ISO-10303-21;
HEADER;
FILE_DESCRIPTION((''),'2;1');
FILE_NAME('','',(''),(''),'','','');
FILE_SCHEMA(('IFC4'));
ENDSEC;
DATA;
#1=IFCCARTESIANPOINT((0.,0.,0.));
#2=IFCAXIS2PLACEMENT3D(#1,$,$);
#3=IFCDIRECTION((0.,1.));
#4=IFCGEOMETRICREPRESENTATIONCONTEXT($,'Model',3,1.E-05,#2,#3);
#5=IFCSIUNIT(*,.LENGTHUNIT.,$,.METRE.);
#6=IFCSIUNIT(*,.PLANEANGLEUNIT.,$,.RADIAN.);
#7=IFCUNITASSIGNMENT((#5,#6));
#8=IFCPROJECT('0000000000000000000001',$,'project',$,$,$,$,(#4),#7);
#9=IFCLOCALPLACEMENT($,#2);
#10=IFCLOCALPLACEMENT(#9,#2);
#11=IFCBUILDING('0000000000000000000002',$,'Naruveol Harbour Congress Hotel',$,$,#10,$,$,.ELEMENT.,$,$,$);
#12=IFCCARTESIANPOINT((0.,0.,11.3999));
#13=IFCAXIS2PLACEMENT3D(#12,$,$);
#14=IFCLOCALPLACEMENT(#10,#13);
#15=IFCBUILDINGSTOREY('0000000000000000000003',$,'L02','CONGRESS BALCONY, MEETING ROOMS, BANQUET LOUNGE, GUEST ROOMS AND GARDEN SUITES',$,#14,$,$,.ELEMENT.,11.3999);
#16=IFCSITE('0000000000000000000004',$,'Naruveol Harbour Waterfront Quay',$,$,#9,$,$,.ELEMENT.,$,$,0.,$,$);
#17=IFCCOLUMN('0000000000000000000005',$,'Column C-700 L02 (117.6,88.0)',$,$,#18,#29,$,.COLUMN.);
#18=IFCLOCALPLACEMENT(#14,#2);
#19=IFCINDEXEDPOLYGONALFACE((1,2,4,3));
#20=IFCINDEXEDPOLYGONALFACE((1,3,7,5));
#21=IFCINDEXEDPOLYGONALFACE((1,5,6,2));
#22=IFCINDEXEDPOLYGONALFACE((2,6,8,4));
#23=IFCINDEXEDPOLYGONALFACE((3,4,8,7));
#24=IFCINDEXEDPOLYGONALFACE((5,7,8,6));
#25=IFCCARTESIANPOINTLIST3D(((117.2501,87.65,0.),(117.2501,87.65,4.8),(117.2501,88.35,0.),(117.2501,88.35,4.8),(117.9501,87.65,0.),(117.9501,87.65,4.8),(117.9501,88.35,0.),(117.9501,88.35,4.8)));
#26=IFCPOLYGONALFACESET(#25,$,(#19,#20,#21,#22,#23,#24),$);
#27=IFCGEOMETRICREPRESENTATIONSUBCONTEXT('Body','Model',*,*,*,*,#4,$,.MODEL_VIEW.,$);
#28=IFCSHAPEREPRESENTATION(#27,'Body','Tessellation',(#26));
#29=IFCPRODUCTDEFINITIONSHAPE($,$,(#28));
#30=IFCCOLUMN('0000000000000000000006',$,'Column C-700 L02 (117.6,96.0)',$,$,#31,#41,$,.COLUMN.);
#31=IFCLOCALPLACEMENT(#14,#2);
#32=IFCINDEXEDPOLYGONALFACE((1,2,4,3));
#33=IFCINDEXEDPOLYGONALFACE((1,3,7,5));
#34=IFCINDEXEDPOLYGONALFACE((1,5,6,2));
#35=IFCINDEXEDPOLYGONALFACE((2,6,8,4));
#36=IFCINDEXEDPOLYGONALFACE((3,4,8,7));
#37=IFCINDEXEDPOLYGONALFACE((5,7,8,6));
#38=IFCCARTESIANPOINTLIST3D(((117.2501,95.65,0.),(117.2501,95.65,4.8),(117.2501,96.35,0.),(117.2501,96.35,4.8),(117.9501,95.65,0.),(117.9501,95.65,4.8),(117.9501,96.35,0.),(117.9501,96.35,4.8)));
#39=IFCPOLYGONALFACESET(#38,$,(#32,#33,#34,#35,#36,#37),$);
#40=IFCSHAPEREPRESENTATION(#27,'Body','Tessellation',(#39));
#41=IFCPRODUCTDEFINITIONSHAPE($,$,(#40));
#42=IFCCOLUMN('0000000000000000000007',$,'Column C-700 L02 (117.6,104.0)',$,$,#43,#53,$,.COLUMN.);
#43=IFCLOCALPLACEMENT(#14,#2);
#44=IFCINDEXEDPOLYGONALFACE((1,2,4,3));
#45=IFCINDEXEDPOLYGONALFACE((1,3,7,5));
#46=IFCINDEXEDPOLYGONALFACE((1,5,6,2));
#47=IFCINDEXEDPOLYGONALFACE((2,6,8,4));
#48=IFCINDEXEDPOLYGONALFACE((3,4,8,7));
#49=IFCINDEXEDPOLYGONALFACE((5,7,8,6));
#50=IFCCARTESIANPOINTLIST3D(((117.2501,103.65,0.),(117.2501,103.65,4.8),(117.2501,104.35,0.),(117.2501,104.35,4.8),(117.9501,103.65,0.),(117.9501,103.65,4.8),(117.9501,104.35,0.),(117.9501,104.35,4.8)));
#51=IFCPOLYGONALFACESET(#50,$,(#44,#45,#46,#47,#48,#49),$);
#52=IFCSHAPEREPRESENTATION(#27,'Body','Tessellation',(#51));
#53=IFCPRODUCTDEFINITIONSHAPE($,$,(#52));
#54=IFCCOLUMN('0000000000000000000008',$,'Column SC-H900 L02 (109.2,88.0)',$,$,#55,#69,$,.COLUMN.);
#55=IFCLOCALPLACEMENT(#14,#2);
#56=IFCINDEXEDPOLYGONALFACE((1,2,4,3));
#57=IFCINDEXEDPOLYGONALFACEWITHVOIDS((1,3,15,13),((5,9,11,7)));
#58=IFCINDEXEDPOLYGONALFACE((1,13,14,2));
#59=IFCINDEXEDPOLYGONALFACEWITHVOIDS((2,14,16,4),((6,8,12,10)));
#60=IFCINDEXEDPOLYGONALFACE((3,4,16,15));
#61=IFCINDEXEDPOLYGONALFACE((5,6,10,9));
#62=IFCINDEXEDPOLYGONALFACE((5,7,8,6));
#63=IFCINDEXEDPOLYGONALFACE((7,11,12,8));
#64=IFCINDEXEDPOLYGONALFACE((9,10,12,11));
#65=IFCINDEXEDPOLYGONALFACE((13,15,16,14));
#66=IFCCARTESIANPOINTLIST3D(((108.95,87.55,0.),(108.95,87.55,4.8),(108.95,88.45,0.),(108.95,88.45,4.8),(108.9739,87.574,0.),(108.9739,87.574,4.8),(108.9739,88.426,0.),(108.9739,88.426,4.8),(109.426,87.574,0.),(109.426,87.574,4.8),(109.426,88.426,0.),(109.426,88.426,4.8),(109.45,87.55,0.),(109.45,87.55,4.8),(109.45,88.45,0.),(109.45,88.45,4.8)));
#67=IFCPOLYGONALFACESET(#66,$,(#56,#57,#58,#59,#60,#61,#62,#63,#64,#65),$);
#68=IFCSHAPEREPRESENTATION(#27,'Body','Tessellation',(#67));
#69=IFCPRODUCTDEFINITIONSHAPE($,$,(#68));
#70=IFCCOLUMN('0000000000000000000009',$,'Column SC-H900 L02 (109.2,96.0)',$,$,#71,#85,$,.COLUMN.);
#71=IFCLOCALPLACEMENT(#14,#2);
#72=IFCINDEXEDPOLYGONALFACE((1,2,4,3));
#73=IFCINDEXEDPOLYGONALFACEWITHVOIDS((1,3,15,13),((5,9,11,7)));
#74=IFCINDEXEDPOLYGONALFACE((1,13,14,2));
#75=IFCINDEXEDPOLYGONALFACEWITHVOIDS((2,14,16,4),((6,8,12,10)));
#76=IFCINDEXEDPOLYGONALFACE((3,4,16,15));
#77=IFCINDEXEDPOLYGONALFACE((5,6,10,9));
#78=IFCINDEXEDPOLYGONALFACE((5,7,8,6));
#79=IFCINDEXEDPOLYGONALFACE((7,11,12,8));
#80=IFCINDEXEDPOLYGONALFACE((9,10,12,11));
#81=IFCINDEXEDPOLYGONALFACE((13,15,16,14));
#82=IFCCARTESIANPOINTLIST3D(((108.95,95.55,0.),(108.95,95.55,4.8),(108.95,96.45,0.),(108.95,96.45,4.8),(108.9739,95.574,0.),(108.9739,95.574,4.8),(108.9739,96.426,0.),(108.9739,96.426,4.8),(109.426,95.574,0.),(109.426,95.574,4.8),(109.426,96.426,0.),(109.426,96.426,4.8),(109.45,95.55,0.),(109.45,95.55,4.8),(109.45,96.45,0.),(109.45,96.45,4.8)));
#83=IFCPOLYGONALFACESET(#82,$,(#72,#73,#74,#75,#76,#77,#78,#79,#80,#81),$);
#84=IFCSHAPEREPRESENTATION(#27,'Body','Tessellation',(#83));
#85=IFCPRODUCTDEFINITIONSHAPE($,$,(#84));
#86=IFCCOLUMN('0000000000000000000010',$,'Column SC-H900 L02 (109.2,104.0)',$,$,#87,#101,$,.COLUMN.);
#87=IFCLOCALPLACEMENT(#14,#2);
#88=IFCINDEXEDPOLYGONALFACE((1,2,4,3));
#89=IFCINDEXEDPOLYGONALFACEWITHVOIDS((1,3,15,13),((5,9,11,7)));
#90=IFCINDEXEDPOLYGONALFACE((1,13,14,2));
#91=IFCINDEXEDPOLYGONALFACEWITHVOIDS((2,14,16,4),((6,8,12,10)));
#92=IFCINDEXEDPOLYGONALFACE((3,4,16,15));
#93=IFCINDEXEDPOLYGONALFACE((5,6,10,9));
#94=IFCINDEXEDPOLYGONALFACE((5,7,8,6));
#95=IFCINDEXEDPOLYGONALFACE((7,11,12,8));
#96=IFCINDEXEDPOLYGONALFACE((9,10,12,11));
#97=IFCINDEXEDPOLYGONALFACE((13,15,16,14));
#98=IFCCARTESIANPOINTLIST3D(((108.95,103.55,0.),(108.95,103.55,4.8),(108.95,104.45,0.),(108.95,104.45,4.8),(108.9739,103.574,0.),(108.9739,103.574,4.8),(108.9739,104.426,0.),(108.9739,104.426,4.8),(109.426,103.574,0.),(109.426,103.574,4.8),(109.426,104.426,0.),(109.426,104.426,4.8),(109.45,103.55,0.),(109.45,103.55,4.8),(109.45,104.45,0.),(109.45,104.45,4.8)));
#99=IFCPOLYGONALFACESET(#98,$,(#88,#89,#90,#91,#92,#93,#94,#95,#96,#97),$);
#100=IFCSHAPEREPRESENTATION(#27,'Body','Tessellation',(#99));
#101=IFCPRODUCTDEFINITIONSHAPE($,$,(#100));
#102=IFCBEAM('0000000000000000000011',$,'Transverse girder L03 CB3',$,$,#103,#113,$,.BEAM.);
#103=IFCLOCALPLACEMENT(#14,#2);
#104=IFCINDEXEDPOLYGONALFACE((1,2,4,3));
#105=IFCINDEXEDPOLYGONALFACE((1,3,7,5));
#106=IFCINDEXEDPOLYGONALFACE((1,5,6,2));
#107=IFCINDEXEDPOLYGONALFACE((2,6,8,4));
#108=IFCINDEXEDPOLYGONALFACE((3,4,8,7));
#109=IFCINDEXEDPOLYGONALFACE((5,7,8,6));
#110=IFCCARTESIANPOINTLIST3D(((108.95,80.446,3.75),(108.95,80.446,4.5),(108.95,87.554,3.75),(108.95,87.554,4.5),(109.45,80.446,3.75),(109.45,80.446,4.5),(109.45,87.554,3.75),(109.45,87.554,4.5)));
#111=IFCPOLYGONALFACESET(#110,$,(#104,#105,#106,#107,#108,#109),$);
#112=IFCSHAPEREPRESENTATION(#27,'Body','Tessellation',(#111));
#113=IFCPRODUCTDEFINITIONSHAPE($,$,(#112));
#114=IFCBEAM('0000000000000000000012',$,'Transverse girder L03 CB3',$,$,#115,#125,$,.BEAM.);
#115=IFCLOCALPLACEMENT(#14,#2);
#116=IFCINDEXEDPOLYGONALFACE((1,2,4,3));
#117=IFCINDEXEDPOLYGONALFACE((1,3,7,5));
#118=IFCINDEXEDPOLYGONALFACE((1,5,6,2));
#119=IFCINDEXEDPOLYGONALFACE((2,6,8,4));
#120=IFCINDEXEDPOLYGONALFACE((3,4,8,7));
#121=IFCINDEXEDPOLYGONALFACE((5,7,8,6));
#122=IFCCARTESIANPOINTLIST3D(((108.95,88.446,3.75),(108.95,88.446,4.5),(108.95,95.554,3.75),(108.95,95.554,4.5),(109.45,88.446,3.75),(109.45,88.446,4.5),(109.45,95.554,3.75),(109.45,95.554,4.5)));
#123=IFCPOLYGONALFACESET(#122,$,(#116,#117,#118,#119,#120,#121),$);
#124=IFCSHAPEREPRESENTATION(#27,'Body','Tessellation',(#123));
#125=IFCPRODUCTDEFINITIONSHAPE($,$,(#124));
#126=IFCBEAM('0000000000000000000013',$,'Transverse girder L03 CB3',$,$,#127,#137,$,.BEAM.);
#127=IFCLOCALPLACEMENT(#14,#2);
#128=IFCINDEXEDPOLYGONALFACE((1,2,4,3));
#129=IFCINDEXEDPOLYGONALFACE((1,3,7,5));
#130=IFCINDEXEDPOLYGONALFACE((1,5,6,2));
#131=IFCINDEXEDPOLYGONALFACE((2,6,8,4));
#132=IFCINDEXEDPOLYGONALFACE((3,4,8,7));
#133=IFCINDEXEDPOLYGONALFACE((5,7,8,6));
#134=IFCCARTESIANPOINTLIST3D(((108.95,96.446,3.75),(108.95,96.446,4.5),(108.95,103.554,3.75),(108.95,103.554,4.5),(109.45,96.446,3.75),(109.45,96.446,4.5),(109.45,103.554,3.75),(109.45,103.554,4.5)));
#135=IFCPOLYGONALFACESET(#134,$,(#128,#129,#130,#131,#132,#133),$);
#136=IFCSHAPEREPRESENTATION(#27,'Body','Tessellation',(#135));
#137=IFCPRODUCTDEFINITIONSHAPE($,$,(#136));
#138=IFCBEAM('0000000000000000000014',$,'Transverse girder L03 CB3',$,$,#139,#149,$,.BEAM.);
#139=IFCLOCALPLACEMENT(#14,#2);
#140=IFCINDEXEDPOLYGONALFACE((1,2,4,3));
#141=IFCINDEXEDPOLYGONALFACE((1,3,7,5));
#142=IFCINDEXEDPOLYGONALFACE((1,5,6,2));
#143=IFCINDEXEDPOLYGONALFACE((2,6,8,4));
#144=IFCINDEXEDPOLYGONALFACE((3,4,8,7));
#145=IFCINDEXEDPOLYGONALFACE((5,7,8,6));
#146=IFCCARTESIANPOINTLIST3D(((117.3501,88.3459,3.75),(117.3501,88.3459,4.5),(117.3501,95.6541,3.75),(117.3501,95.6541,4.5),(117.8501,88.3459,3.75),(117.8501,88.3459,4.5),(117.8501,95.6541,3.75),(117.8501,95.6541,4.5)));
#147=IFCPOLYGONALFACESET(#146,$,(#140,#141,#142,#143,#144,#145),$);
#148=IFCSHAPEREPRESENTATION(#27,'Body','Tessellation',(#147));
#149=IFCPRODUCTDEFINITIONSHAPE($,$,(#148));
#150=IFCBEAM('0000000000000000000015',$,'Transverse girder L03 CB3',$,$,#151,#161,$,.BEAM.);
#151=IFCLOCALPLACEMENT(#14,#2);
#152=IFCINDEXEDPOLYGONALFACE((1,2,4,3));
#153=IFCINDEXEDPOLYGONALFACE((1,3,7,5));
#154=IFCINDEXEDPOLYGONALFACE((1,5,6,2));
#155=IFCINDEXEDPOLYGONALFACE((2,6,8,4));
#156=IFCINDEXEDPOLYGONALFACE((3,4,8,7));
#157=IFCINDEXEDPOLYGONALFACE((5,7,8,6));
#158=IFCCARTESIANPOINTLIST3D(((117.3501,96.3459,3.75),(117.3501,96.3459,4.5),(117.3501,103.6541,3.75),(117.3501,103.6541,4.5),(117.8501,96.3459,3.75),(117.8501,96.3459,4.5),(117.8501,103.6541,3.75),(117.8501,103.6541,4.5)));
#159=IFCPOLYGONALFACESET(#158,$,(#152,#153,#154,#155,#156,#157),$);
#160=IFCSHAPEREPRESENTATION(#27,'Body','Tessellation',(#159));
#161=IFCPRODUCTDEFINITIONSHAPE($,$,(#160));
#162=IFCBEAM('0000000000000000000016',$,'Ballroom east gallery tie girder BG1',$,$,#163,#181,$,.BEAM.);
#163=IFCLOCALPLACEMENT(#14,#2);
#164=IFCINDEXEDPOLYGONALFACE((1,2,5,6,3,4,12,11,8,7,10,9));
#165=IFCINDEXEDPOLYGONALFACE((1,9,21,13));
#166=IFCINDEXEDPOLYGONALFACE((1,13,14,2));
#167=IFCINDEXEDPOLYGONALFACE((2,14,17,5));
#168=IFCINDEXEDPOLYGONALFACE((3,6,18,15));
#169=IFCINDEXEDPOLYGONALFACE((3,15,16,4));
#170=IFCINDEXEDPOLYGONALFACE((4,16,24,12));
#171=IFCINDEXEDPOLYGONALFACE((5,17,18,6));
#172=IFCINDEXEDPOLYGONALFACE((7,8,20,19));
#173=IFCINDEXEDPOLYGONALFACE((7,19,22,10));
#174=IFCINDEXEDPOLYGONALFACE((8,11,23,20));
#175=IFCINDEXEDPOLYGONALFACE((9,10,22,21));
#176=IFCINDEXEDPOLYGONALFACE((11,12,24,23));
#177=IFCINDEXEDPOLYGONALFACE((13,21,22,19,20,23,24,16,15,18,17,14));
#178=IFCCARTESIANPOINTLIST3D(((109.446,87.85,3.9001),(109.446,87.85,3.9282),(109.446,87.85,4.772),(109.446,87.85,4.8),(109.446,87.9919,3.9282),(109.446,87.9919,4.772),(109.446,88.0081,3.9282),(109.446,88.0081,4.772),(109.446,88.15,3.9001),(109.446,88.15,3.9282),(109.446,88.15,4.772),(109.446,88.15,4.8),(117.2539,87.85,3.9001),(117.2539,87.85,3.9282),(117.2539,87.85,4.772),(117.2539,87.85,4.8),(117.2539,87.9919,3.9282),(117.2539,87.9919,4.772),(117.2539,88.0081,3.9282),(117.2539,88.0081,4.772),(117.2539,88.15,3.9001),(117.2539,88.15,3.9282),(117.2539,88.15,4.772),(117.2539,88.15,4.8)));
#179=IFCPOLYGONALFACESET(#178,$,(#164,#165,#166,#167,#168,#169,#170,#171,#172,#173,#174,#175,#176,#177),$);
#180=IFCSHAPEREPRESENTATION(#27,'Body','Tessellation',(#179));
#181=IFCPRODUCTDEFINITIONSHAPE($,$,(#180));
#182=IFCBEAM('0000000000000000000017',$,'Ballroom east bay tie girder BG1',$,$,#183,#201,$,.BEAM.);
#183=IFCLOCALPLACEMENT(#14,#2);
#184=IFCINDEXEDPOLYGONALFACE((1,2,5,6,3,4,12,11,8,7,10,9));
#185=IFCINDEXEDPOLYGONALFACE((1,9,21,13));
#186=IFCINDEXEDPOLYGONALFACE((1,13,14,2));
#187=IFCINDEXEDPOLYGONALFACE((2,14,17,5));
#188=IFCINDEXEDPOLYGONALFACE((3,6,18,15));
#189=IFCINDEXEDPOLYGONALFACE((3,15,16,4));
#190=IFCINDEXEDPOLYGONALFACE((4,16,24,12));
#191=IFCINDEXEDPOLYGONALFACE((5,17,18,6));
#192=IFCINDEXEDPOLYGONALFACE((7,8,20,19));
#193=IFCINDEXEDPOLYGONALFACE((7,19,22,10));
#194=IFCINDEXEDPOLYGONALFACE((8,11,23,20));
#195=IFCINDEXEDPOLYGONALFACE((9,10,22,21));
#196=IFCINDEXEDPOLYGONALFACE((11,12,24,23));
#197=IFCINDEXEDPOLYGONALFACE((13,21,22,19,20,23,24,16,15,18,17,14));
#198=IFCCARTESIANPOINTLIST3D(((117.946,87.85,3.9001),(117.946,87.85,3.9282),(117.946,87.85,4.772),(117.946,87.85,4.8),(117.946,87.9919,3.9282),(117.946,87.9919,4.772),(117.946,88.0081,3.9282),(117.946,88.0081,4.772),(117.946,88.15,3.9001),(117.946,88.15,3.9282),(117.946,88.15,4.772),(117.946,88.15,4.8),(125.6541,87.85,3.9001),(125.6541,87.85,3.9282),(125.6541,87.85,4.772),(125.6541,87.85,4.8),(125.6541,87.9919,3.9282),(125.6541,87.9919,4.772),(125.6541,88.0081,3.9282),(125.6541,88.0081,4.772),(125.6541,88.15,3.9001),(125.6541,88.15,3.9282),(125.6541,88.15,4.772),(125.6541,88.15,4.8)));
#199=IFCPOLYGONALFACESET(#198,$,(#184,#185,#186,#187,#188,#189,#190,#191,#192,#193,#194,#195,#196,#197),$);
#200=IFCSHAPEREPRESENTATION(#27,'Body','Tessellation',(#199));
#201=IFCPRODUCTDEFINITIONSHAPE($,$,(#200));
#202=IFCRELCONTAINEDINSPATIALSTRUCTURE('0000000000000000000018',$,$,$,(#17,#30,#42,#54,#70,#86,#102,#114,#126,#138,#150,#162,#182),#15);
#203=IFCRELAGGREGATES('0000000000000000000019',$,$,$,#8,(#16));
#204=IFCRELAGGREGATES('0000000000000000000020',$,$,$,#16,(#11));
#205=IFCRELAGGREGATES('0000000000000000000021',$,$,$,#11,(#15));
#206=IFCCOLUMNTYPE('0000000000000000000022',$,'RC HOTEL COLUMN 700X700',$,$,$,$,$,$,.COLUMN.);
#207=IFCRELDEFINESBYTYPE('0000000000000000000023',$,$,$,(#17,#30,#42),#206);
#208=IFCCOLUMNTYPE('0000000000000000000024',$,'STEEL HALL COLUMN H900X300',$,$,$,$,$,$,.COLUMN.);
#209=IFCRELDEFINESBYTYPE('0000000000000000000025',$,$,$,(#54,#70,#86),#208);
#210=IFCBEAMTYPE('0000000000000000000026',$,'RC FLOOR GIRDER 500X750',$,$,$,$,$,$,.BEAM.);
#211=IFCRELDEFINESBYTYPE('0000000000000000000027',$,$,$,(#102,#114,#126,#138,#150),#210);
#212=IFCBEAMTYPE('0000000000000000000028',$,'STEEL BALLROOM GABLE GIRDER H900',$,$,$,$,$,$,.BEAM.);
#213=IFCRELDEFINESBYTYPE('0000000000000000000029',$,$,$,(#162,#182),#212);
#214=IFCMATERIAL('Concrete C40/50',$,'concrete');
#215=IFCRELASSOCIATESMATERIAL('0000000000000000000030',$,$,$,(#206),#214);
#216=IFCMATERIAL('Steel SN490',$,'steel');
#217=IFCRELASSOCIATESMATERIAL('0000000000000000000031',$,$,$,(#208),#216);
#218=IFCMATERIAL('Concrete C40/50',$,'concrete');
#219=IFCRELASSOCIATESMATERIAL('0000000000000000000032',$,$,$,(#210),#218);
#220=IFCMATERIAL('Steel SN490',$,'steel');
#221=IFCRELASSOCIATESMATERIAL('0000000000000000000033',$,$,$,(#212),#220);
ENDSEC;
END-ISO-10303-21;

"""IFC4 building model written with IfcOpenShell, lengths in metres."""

from ifc_helpers import new_model, si_unit, direction, frame, origin, origin_2d, place, context, subcontext, project, spatial, rectangle, hollow_rectangle, i_section, extrude, material, material_profile, profile_set, type_object, element, save


model = new_model("IFC4")

# Units and contexts
model_context = context("Model", 3, precision=1e-05, world=origin(), true_north=direction((0.0, 1.0)))
body_context = subcontext(model_context, "Body", "Model", "MODEL_VIEW")
ifc_project = project(units=[si_unit("LENGTHUNIT", "METRE"), si_unit("PLANEANGLEUNIT", "RADIAN")], contexts=[model_context])

# Site, building, storey
site_placement = place(None, origin())
site = spatial("IfcSite", under=ifc_project, at=site_placement, Name="Naruveol Harbour Waterfront Quay", CompositionType="ELEMENT", RefElevation=0.0)
building_placement = place(site_placement, origin())
building = spatial("IfcBuilding", under=site, at=building_placement, Name="Naruveol Harbour Congress Hotel", CompositionType="ELEMENT")
storey_placement = place(building_placement, frame((0.0, 0.0, 11.3999)))
storey = spatial("IfcBuildingStorey", under=building, at=storey_placement, Name="L02", Description="CONGRESS BALCONY, MEETING ROOMS, BANQUET LOUNGE, GUEST ROOMS AND GARDEN SUITES", CompositionType="ELEMENT", Elevation=11.3999)

# Columns
ifc_material_1 = material(Name="Concrete C40/50", Category="concrete")
ifc_material_profile_1 = material_profile(ifc_material_1, rectangle(XDim=0.7, YDim=0.7, at=origin_2d()), Name="RC-700x700")
ifc_profile_set_1 = profile_set([ifc_material_profile_1], Name="Concrete C40/50")
column_type_1 = type_object("IfcColumnType", Name="RC HOTEL COLUMN 700X700", PredefinedType="COLUMN", material=ifc_profile_set_1)
for number, where, z_axis, x_axis, name in (
    (1, (117.6001, 88.0, 0.0), (0.0, 0.0, 1.0), (1.0, 0.0, 0.0), "Column C-700 L02 (117.6,88.0)"),
    (2, (117.6001, 96.0, 0.0), (0.0, 0.0, 1.0), (1.0, 0.0, 0.0), "Column C-700 L02 (117.6,96.0)"),
    (3, (117.6001, 104.0, 0.0), (0.0, 0.0, 1.0), (1.0, 0.0, 0.0), "Column C-700 L02 (117.6,104.0)"),
):
    element("IfcColumn", number, at=place(storey_placement, frame(where, z_axis=z_axis, x_axis=x_axis)), inside=storey, type_object=column_type_1, Name=name, PredefinedType="COLUMN", context=body_context, shape_type="SweptSolid", body=[
        extrude(rectangle(XDim=0.7, YDim=0.7, at=origin_2d()), origin(), (0.0, 0.0, 1.0), 4.8),
    ])
ifc_material_2 = material(Name="Steel SN490", Category="steel")
ifc_material_profile_2 = material_profile(ifc_material_2, hollow_rectangle(XDim=0.5, YDim=0.8999, WallThickness=0.0239, at=origin_2d()), Name="RHS-900x500x24")
ifc_profile_set_2 = profile_set([ifc_material_profile_2], Name="Steel SN490")
column_type_2 = type_object("IfcColumnType", Name="STEEL HALL COLUMN H900X300", PredefinedType="COLUMN", material=ifc_profile_set_2)
for number, where, z_axis, x_axis, name in (
    (4, (109.2, 88.0, 0.0), (0.0, 0.0, 1.0), (1.0, 0.0, 0.0), "Column SC-H900 L02 (109.2,88.0)"),
    (5, (109.2, 96.0, 0.0), (0.0, 0.0, 1.0), (1.0, 0.0, 0.0), "Column SC-H900 L02 (109.2,96.0)"),
    (6, (109.2, 104.0, 0.0), (0.0, 0.0, 1.0), (1.0, 0.0, 0.0), "Column SC-H900 L02 (109.2,104.0)"),
):
    element("IfcColumn", number, at=place(storey_placement, frame(where, z_axis=z_axis, x_axis=x_axis)), inside=storey, type_object=column_type_2, Name=name, PredefinedType="COLUMN", context=body_context, shape_type="SweptSolid", body=[
        extrude(hollow_rectangle(XDim=0.5, YDim=0.8999, WallThickness=0.0239, at=origin_2d()), origin(), (0.0, 0.0, 1.0), 4.8),
    ])

# Beams
ifc_material_3 = material(Name="Concrete C40/50", Category="concrete")
ifc_material_profile_3 = material_profile(ifc_material_3, rectangle(XDim=0.5, YDim=0.75, at=origin_2d()), Name="RCB-500x750")
ifc_profile_set_3 = profile_set([ifc_material_profile_3], Name="Concrete C40/50")
beam_type_1 = type_object("IfcBeamType", Name="RC FLOOR GIRDER 500X750", PredefinedType="BEAM", material=ifc_profile_set_3)
for number, where, z_axis, x_axis, name in (
    (7, (109.2, 80.446, 4.125), (0.0, 1.0, 0.0), (-1.0, 0.0, 0.0), "Transverse girder L03 CB3"),
    (8, (109.2, 88.446, 4.125), (0.0, 1.0, 0.0), (-1.0, 0.0, 0.0), "Transverse girder L03 CB3"),
    (9, (109.2, 96.446, 4.125), (0.0, 1.0, 0.0), (-1.0, 0.0, 0.0), "Transverse girder L03 CB3"),
):
    element("IfcBeam", number, at=place(storey_placement, frame(where, z_axis=z_axis, x_axis=x_axis)), inside=storey, type_object=beam_type_1, Name=name, PredefinedType="BEAM", context=body_context, shape_type="SweptSolid", body=[
        extrude(rectangle(XDim=0.5, YDim=0.75, at=origin_2d()), origin(), (0.0, 0.0, 1.0), 7.1079),
    ])
for number, where, z_axis, x_axis, name in (
    (10, (117.6001, 88.3459, 4.125), (0.0, 1.0, 0.0), (-1.0, 0.0, 0.0), "Transverse girder L03 CB3"),
    (11, (117.6001, 96.3459, 4.125), (0.0, 1.0, 0.0), (-1.0, 0.0, 0.0), "Transverse girder L03 CB3"),
):
    element("IfcBeam", number, at=place(storey_placement, frame(where, z_axis=z_axis, x_axis=x_axis)), inside=storey, type_object=beam_type_1, Name=name, PredefinedType="BEAM", context=body_context, shape_type="SweptSolid", body=[
        extrude(rectangle(XDim=0.5, YDim=0.75, at=origin_2d()), origin(), (0.0, 0.0, 1.0), 7.3081),
    ])
ifc_material_4 = material(Name="Steel SN490", Category="steel")
ifc_material_profile_4 = material_profile(ifc_material_4, i_section(OverallWidth=0.3, OverallDepth=0.8999, WebThickness=0.0161, FlangeThickness=0.0281, at=origin_2d()), Name="H-900x300x16x28")
ifc_profile_set_4 = profile_set([ifc_material_profile_4], Name="Steel SN490")
beam_type_2 = type_object("IfcBeamType", Name="STEEL BALLROOM GABLE GIRDER H900", PredefinedType="BEAM", material=ifc_profile_set_4)
beam_1_placement = place(storey_placement, frame((109.446, 88.0, 4.3501), z_axis=(1.0, 0.0, 0.0), x_axis=(0.0, 1.0, 0.0)))
element("IfcBeam", 12, at=beam_1_placement, inside=storey, type_object=beam_type_2, Name="Ballroom east gallery tie girder BG1", PredefinedType="BEAM", context=body_context, shape_type="SweptSolid", body=[
    extrude(i_section(OverallWidth=0.3, OverallDepth=0.8999, WebThickness=0.0161, FlangeThickness=0.0281, at=origin_2d()), origin(), (0.0, 0.0, 1.0), 7.8079),
])
beam_2_placement = place(storey_placement, frame((117.946, 88.0, 4.3501), z_axis=(1.0, 0.0, 0.0), x_axis=(0.0, 1.0, 0.0)))
element("IfcBeam", 13, at=beam_2_placement, inside=storey, type_object=beam_type_2, Name="Ballroom east bay tie girder BG1", PredefinedType="BEAM", context=body_context, shape_type="SweptSolid", body=[
    extrude(i_section(OverallWidth=0.3, OverallDepth=0.8999, WebThickness=0.0161, FlangeThickness=0.0281, at=origin_2d()), origin(), (0.0, 0.0, 1.0), 7.708),
])

save(model, "model.ifc")
